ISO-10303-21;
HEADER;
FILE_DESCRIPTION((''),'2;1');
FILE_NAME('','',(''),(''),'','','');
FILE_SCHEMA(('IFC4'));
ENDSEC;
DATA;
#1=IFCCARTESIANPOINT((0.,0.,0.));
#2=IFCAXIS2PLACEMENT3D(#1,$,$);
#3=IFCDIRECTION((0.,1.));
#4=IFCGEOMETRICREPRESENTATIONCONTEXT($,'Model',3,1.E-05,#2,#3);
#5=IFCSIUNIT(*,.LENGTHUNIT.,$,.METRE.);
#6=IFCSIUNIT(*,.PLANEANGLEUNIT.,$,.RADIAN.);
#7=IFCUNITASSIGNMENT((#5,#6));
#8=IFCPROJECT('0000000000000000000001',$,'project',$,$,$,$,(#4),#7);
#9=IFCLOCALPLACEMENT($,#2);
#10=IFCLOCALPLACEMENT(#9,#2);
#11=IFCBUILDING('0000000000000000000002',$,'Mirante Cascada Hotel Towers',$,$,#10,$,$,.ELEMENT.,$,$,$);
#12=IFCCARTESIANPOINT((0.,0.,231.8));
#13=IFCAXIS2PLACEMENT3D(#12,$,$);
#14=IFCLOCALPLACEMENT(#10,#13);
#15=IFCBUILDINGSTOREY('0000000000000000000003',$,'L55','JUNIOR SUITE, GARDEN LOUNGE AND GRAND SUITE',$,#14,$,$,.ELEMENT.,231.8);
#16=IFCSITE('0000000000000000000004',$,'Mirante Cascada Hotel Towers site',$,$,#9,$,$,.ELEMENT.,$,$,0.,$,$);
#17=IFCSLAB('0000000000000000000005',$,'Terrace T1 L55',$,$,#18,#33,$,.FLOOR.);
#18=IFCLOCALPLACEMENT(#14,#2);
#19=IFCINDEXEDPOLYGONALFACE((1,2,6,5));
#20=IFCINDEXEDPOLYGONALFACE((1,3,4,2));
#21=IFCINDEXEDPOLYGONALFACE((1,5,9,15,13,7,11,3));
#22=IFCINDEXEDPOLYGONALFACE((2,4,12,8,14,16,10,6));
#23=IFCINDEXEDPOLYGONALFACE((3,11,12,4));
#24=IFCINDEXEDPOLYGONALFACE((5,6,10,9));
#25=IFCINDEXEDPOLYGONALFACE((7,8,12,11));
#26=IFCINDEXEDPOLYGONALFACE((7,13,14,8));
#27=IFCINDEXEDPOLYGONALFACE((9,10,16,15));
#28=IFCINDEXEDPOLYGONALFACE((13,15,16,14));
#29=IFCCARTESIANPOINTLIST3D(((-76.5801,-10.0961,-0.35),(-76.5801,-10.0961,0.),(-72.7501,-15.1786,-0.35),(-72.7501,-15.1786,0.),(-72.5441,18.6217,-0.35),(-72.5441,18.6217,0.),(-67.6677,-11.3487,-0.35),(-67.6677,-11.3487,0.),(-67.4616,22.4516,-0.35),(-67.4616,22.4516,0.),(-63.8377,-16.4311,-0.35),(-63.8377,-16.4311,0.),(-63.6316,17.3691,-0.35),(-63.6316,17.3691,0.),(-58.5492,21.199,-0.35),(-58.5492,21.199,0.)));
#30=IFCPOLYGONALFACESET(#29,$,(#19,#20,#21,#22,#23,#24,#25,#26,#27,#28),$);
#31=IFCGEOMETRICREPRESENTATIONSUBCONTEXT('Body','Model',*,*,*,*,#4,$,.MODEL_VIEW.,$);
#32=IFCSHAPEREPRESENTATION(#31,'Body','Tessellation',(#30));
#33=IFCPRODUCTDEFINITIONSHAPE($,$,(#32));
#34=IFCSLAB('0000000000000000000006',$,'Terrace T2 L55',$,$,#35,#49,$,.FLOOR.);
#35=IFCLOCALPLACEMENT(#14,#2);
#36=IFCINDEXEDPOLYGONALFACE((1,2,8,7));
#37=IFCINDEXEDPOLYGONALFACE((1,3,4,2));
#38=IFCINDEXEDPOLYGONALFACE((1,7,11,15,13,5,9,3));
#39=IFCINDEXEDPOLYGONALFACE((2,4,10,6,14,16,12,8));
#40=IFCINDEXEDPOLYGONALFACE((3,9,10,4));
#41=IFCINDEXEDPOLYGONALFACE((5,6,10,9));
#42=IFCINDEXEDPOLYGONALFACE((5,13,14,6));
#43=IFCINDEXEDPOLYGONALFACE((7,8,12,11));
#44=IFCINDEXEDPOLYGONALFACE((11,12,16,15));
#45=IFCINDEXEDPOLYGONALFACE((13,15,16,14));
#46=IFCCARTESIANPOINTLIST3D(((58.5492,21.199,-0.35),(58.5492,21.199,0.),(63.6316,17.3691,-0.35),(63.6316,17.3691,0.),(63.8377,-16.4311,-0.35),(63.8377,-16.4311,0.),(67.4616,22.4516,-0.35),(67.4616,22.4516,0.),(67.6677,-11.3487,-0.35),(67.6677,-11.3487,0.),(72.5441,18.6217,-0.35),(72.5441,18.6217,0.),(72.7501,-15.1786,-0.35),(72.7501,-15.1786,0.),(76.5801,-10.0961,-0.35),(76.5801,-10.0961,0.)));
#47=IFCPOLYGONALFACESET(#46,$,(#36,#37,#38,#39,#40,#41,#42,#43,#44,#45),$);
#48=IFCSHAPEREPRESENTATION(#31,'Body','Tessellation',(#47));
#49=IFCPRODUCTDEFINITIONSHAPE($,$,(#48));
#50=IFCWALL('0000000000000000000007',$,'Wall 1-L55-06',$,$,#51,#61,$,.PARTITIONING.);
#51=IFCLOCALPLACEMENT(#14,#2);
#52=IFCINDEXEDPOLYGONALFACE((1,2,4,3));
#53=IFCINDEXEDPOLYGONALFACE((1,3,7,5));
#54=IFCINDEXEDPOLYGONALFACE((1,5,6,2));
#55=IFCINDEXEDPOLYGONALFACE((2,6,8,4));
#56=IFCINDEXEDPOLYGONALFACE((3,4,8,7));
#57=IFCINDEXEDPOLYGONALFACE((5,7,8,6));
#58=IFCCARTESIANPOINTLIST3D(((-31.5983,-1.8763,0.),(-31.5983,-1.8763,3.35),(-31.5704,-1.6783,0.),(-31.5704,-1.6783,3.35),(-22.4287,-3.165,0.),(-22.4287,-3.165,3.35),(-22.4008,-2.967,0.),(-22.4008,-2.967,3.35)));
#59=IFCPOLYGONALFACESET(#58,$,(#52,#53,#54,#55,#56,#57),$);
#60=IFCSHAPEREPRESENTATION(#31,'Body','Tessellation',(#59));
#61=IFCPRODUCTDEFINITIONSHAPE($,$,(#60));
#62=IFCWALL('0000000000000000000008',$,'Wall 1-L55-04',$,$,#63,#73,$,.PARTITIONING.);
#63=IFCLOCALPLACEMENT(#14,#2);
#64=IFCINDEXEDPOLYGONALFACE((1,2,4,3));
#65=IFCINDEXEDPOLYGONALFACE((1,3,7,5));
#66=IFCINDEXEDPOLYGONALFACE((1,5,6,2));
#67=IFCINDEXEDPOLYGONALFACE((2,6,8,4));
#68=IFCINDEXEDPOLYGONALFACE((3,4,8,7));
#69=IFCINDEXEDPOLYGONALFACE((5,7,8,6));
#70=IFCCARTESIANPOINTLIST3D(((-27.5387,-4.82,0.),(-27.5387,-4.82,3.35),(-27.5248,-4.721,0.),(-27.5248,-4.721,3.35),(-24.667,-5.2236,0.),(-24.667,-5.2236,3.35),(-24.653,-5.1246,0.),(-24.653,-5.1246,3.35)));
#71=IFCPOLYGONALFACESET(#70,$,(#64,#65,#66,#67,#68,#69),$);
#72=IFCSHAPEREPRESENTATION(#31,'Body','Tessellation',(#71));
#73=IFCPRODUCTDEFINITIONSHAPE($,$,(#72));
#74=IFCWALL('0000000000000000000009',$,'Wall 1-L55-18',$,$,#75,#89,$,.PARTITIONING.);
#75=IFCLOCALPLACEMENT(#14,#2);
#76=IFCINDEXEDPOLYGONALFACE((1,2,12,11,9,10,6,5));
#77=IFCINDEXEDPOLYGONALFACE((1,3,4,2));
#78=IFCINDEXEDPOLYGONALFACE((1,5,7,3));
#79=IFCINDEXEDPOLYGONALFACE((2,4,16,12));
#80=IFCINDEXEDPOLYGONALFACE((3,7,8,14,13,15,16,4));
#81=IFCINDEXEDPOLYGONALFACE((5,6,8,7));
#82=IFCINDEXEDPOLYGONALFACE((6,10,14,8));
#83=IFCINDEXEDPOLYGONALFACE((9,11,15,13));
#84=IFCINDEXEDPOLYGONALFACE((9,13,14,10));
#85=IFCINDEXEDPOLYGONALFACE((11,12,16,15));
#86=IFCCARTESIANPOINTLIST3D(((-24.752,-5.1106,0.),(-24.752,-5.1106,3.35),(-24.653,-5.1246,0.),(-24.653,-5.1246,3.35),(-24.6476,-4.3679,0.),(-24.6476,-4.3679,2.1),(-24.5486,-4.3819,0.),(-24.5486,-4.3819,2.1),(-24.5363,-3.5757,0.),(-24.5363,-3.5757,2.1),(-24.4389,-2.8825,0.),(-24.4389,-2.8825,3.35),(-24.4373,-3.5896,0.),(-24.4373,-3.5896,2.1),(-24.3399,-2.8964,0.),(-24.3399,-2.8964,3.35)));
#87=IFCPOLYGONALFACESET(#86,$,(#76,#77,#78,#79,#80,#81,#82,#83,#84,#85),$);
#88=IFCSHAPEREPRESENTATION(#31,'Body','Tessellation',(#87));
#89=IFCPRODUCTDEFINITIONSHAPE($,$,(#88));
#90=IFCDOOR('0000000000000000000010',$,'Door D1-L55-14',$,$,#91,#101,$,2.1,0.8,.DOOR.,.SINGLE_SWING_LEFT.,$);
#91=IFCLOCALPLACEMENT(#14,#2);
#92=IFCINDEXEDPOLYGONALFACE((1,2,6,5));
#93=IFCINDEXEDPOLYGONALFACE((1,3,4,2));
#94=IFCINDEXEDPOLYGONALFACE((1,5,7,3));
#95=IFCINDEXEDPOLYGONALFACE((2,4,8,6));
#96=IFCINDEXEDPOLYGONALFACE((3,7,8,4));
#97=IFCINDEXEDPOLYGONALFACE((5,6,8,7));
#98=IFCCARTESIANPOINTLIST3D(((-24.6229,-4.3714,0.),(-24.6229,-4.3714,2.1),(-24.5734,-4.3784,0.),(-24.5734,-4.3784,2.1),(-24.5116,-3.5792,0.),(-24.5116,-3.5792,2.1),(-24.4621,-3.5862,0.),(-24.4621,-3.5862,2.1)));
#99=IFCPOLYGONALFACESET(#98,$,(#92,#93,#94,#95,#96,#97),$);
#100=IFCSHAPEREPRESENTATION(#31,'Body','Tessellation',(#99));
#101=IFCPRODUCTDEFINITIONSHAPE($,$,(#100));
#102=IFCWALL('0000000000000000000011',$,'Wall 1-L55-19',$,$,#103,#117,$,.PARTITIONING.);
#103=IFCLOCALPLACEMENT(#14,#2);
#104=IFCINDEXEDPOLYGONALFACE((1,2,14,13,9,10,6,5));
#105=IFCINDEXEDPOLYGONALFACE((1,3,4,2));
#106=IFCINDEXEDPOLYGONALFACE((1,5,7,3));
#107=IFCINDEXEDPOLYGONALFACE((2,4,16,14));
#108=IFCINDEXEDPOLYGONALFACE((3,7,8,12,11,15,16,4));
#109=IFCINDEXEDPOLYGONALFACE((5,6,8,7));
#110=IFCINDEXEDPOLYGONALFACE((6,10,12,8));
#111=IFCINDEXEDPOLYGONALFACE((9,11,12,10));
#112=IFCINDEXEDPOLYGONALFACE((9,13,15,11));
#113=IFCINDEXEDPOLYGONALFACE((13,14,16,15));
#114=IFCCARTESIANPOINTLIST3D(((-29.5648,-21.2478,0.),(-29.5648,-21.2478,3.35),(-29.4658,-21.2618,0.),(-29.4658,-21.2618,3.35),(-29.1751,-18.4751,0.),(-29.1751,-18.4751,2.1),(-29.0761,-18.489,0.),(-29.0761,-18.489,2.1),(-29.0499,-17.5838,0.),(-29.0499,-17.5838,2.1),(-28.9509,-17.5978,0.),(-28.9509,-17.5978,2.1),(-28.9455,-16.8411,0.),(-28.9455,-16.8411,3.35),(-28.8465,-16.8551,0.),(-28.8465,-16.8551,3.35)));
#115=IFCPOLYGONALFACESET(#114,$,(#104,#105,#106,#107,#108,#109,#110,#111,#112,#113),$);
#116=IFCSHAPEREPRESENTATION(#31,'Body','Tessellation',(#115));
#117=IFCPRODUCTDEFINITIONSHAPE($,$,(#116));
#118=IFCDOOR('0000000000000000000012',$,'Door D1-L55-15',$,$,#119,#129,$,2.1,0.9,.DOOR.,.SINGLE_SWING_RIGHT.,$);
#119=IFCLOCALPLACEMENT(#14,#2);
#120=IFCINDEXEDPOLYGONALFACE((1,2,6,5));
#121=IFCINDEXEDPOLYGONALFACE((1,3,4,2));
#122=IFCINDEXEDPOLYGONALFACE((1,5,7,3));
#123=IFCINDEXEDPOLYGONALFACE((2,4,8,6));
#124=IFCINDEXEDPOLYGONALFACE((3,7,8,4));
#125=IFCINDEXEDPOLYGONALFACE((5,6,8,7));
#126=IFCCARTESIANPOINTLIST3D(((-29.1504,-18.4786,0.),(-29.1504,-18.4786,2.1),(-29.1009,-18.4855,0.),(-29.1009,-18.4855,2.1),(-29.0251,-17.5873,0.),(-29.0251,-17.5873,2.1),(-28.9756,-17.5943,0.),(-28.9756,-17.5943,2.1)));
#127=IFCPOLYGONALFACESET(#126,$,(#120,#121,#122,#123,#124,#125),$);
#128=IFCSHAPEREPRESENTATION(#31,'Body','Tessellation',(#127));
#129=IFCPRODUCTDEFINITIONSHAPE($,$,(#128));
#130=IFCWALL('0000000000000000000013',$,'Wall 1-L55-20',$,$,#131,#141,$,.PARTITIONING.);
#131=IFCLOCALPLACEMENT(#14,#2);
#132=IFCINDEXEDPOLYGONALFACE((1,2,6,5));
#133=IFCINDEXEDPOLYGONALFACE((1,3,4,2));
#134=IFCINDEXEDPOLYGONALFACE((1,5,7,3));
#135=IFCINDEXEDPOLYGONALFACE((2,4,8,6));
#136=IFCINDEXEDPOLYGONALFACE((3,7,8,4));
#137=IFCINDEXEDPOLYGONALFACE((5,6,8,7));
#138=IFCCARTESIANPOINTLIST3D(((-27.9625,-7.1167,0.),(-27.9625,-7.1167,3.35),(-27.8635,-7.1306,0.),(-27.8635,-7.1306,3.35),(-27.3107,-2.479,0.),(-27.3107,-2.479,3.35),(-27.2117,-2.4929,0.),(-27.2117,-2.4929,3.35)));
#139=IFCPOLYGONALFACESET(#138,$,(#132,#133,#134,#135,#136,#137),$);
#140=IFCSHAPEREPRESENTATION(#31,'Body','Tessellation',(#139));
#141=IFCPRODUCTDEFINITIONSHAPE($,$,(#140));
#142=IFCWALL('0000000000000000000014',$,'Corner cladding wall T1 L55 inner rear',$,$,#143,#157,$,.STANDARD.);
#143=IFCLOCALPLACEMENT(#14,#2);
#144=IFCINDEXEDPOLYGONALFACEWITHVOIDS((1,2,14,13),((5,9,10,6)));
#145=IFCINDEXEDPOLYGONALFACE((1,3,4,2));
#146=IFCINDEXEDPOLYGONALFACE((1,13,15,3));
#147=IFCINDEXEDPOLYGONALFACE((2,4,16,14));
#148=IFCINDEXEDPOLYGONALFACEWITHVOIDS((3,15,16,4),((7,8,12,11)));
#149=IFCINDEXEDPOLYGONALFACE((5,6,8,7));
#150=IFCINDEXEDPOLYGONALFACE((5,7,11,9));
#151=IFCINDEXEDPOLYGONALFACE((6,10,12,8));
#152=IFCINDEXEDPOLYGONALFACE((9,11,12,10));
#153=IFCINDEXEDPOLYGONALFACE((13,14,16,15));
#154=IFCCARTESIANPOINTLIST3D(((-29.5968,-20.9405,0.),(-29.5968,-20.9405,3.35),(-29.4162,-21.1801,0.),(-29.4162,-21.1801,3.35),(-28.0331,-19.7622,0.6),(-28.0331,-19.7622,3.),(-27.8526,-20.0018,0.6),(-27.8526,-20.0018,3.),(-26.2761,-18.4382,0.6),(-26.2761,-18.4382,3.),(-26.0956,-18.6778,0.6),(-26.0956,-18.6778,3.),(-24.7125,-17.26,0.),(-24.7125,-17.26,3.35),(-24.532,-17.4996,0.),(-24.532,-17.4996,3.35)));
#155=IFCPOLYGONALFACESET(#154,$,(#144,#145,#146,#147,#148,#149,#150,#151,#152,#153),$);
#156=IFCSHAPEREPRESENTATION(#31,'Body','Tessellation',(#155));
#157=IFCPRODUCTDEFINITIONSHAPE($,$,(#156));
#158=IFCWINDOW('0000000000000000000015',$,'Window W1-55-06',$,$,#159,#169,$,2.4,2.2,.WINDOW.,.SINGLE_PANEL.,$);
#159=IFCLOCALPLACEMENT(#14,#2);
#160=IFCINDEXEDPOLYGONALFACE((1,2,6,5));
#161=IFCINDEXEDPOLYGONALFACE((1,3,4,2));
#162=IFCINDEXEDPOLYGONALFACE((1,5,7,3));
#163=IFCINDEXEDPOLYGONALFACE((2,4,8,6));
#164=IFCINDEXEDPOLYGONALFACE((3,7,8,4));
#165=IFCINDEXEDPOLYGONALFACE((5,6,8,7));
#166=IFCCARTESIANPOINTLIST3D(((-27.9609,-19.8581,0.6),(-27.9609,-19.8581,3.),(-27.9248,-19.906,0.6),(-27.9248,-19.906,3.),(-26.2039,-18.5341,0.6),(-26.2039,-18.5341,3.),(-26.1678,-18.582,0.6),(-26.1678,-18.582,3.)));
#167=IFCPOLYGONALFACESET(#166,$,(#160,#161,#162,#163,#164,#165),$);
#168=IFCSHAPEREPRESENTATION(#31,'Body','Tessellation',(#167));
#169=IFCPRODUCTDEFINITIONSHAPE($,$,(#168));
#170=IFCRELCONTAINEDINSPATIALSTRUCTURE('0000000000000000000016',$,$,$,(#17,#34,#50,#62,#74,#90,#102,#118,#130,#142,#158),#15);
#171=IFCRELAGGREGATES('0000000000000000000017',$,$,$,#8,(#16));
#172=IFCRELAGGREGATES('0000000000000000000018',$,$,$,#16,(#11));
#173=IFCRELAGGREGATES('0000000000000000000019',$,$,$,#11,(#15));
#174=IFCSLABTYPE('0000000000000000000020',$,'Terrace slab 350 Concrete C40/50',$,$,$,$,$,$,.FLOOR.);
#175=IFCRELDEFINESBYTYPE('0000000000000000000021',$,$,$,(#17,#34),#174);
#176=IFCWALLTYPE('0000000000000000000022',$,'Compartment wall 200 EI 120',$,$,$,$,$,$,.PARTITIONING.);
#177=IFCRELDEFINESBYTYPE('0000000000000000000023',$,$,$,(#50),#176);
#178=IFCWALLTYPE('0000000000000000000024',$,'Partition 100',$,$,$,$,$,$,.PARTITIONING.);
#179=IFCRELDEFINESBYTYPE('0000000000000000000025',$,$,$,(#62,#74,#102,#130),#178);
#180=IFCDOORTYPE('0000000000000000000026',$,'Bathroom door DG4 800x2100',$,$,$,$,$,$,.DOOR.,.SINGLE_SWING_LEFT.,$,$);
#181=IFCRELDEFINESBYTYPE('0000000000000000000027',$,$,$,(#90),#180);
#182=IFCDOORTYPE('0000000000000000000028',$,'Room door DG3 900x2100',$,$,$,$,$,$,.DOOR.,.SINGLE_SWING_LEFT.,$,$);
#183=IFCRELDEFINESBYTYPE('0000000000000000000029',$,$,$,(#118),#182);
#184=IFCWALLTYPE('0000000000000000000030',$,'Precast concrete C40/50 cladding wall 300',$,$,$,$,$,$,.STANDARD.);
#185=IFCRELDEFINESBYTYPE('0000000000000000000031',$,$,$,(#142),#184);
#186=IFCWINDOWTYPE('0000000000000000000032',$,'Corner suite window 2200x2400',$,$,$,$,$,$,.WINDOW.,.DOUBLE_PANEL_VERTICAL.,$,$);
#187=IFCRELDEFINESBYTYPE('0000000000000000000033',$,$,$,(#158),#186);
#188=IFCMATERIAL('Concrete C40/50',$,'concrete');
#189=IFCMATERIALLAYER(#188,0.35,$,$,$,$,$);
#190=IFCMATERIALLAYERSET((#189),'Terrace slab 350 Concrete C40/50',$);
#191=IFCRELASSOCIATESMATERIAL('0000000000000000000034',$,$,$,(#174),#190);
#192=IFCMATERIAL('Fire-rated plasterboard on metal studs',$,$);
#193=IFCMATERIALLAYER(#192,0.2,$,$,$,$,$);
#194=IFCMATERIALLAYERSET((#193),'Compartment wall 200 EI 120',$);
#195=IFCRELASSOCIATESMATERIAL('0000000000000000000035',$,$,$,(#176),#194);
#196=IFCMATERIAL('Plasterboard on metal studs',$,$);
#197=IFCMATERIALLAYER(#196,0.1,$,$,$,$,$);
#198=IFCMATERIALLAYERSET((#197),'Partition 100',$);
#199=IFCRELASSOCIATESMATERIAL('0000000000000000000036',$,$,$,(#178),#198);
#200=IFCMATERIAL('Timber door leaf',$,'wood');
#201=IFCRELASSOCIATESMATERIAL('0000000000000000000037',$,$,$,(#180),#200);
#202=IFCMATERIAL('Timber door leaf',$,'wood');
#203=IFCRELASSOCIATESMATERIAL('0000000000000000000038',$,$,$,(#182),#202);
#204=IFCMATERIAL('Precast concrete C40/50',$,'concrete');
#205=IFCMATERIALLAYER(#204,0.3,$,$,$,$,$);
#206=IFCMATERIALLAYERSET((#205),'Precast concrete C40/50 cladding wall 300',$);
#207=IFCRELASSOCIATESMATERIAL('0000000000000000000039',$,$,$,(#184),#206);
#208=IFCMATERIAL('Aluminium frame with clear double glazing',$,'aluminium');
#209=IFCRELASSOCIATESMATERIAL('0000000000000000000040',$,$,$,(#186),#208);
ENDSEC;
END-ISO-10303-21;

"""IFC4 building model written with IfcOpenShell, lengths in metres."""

from ifc_helpers import new_model, si_unit, direction, frame, frame_2d, origin, place, context, subcontext, project, spatial, polyline, rectangle, outline, extrude, material, layer, layer_set, type_object, element, fill, save


model = new_model("IFC4")

# Units and contexts
model_context = context("Model", 3, precision=1e-05, world=origin(), true_north=direction((0.0, 1.0)))
body_context = subcontext(model_context, "Body", "Model", "MODEL_VIEW")
ifc_project = project(units=[si_unit("LENGTHUNIT", "METRE"), si_unit("PLANEANGLEUNIT", "RADIAN")], contexts=[model_context])

# Site, building, storey
site_placement = place(None, origin())
site = spatial("IfcSite", under=ifc_project, at=site_placement, Name="Mirante Cascada Hotel Towers site", CompositionType="ELEMENT", RefElevation=0.0)
building_placement = place(site_placement, origin())
building = spatial("IfcBuilding", under=site, at=building_placement, Name="Mirante Cascada Hotel Towers", CompositionType="ELEMENT")
storey_placement = place(building_placement, frame((0.0, 0.0, 231.8)))
storey = spatial("IfcBuildingStorey", under=building, at=storey_placement, Name="L55", Description="JUNIOR SUITE, GARDEN LOUNGE AND GRAND SUITE", CompositionType="ELEMENT", Elevation=231.8)

# Slabs
ifc_material_1 = material(Name="Concrete C40/50", Category="concrete")
ifc_layer_1 = layer(ifc_material_1, 0.35)
ifc_layer_set_1 = layer_set([ifc_layer_1], Name="Terrace slab 350 Concrete C40/50")
slab_type_1 = type_object("IfcSlabType", Name="Terrace slab 350 Concrete C40/50", PredefinedType="FLOOR", material=ifc_layer_set_1)
slab_1_placement = place(storey_placement, frame((0.0, 0.0, -0.35)))
element("IfcSlab", 1, at=slab_1_placement, inside=storey, type_object=slab_type_1, Name="Terrace T1 L55", PredefinedType="FLOOR", context=body_context, shape_type="SweptSolid", body=[
    extrude(outline(polyline([(-67.4616, 22.4516), (-72.5441, 18.6217), (-76.5801, -10.0961), (-72.7501, -15.1786), (-63.8377, -16.4311), (-67.6677, -11.3487), (-63.6316, 17.3691), (-58.5492, 21.199), (-67.4616, 22.4516)])), origin(), (0.0, 0.0, 1.0), 0.35),
])
slab_2_placement = place(storey_placement, frame((0.0, 0.0, -0.35)))
element("IfcSlab", 2, at=slab_2_placement, inside=storey, type_object=slab_type_1, Name="Terrace T2 L55", PredefinedType="FLOOR", context=body_context, shape_type="SweptSolid", body=[
    extrude(outline(polyline([(67.4616, 22.4516), (72.5441, 18.6217), (76.5801, -10.0961), (72.7501, -15.1786), (63.8377, -16.4311), (67.6677, -11.3487), (63.6316, 17.3691), (58.5492, 21.199), (67.4616, 22.4516)])), origin(), (0.0, 0.0, 1.0), 0.35),
])

# Walls
ifc_material_2 = material(Name="Fire-rated plasterboard on metal studs")
ifc_layer_2 = layer(ifc_material_2, 0.2)
ifc_layer_set_2 = layer_set([ifc_layer_2], Name="Compartment wall 200 EI 120")
wall_type_1 = type_object("IfcWallType", Name="Compartment wall 200 EI 120", PredefinedType="PARTITIONING", material=ifc_layer_set_2)
wall_1_placement = place(storey_placement, frame((-22.4148, -3.066, 0.0), z_axis=(0.0, 0.0, 1.0), x_axis=(-0.990268, 0.139173, 0.0)))
element("IfcWall", 3, at=wall_1_placement, inside=storey, type_object=wall_type_1, Name="Wall 1-L55-06", PredefinedType="PARTITIONING", context=body_context, shape_type="SweptSolid", body=[
    extrude(rectangle(XDim=9.2597, YDim=0.2, at=frame_2d((4.6298, 0.0))), origin(), (0.0, 0.0, 1.0), 3.35),
])
ifc_material_3 = material(Name="Plasterboard on metal studs")
ifc_layer_3 = layer(ifc_material_3, 0.1)
ifc_layer_set_3 = layer_set([ifc_layer_3], Name="Partition 100")
wall_type_2 = type_object("IfcWallType", Name="Partition 100", PredefinedType="PARTITIONING", material=ifc_layer_set_3)
wall_2_placement = place(storey_placement, frame((-24.66, -5.1741, 0.0), z_axis=(0.0, 0.0, 1.0), x_axis=(-0.990268, 0.139171, 0.0)))
element("IfcWall", 4, at=wall_2_placement, inside=storey, type_object=wall_type_2, Name="Wall 1-L55-04", PredefinedType="PARTITIONING", context=body_context, shape_type="SweptSolid", body=[
    extrude(rectangle(XDim=2.9, YDim=0.1, at=frame_2d((1.45, 0.0))), origin(), (0.0, 0.0, 1.0), 3.35),
])

# Walls, openings, doors
wall_3_placement = place(storey_placement, frame((-24.7025, -5.1176, 0.0), z_axis=(0.0, 0.0, 1.0), x_axis=(0.139156, 0.990271, 0.0)))
wall_3 = element("IfcWall", 5, at=wall_3_placement, inside=storey, type_object=wall_type_2, Name="Wall 1-L55-18", PredefinedType="PARTITIONING", context=body_context, shape_type="SweptSolid", body=[
    extrude(rectangle(XDim=2.25, YDim=0.1, at=frame_2d((1.125, 0.0))), origin(), (0.0, 0.0, 1.0), 3.35),
])
opening_1_placement = place(wall_3_placement, frame((0.75, 0.0, 0.0)))
opening_1 = element("IfcOpeningElement", 6, at=opening_1_placement, cuts=wall_3, PredefinedType="OPENING", context=body_context, shape_type="SweptSolid", body=[
    extrude(rectangle(XDim=0.8, YDim=2.1, at=frame_2d((0.4, 1.05))), frame((0.0, 0.05, 0.0), z_axis=(0.0, -1.0, 0.0), x_axis=(1.0, 0.0, 0.0)), (0.0, 0.0, 1.0), 0.1),
])
ifc_material_4 = material(Name="Timber door leaf", Category="wood")
door_type_1 = type_object("IfcDoorType", Name="Bathroom door DG4 800x2100", OperationType="SINGLE_SWING_LEFT", PredefinedType="DOOR", material=ifc_material_4)
door_1_placement = place(opening_1_placement, origin())
door_1 = element("IfcDoor", 7, at=door_1_placement, inside=storey, type_object=door_type_1, Name="Door D1-L55-14", OperationType="SINGLE_SWING_LEFT", OverallHeight=2.1, OverallWidth=0.8, PredefinedType="DOOR", context=body_context, shape_type="SweptSolid", body=[
    extrude(rectangle(XDim=0.8, YDim=2.1, at=frame_2d((0.4, 1.05))), frame((0.0, 0.025, 0.0), z_axis=(0.0, -1.0, 0.0), x_axis=(1.0, 0.0, 0.0)), (0.0, 0.0, 1.0), 0.05),
])
fill(opening_1, door_1)
wall_4_placement = place(storey_placement, frame((-28.896, -16.8481, 0.0), z_axis=(0.0, 0.0, 1.0), x_axis=(-0.139168, -0.990269, 0.0)))
wall_4 = element("IfcWall", 8, at=wall_4_placement, inside=storey, type_object=wall_type_2, Name="Wall 1-L55-19", PredefinedType="PARTITIONING", context=body_context, shape_type="SweptSolid", body=[
    extrude(rectangle(XDim=4.45, YDim=0.1, at=frame_2d((2.225, 0.0))), origin(), (0.0, 0.0, 1.0), 3.35),
])
opening_2_placement = place(wall_4_placement, frame((0.75, 0.0, 0.0)))
opening_2 = element("IfcOpeningElement", 9, at=opening_2_placement, cuts=wall_4, PredefinedType="OPENING", context=body_context, shape_type="SweptSolid", body=[
    extrude(rectangle(XDim=0.9, YDim=2.1, at=frame_2d((0.45, 1.05))), frame((0.0, 0.05, 0.0), z_axis=(0.0, -1.0, 0.0), x_axis=(1.0, 0.0, 0.0)), (0.0, 0.0, 1.0), 0.1),
])
ifc_material_5 = material(Name="Timber door leaf", Category="wood")
door_type_2 = type_object("IfcDoorType", Name="Room door DG3 900x2100", OperationType="SINGLE_SWING_LEFT", PredefinedType="DOOR", material=ifc_material_5)
door_2_placement = place(opening_2_placement, frame((0.9, 0.0, 0.0), z_axis=(0.0, 0.0, 1.0), x_axis=(-1.0, 0.0, 0.0)))
door_2 = element("IfcDoor", 10, at=door_2_placement, inside=storey, type_object=door_type_2, Name="Door D1-L55-15", OperationType="SINGLE_SWING_RIGHT", OverallHeight=2.1, OverallWidth=0.9, PredefinedType="DOOR", context=body_context, shape_type="SweptSolid", body=[
    extrude(rectangle(XDim=0.9, YDim=2.1, at=frame_2d((0.45, 1.05))), frame((0.0, 0.025, 0.0), z_axis=(0.0, -1.0, 0.0), x_axis=(1.0, 0.0, 0.0)), (0.0, 0.0, 1.0), 0.05),
])
fill(opening_2, door_2)

# Wall
wall_5_placement = place(storey_placement, frame((-27.913, -7.1236, 0.0), z_axis=(0.0, 0.0, 1.0), x_axis=(0.139176, 0.990268, 0.0)))
element("IfcWall", 11, at=wall_5_placement, inside=storey, type_object=wall_type_2, Name="Wall 1-L55-20", PredefinedType="PARTITIONING", context=body_context, shape_type="SweptSolid", body=[
    extrude(rectangle(XDim=4.6833, YDim=0.1, at=frame_2d((2.3416, 0.0))), origin(), (0.0, 0.0, 1.0), 3.35),
])

# Wall, opening, window
ifc_material_6 = material(Name="Precast concrete C40/50", Category="concrete")
ifc_layer_4 = layer(ifc_material_6, 0.3)
ifc_layer_set_4 = layer_set([ifc_layer_4], Name="Precast concrete C40/50 cladding wall 300")
wall_type_3 = type_object("IfcWallType", Name="Precast concrete C40/50 cladding wall 300", PredefinedType="STANDARD", material=ifc_layer_set_4)
wall_6_placement = place(storey_placement, frame((-24.6223, -17.3798, 0.0), z_axis=(0.0, 0.0, 1.0), x_axis=(-0.798636, -0.601814, 0.0)))
wall_6 = element("IfcWall", 12, at=wall_6_placement, inside=storey, type_object=wall_type_3, Name="Corner cladding wall T1 L55 inner rear", PredefinedType="STANDARD", context=body_context, shape_type="SweptSolid", body=[
    extrude(rectangle(XDim=6.1157, YDim=0.3, at=frame_2d((3.0578, 0.0))), origin(), (0.0, 0.0, 1.0), 3.35),
])
opening_3_placement = place(wall_6_placement, frame((1.9578, 0.0, 0.6)))
opening_3 = element("IfcOpeningElement", 13, at=opening_3_placement, cuts=wall_6, PredefinedType="OPENING", context=body_context, shape_type="SweptSolid", body=[
    extrude(rectangle(XDim=2.2, YDim=2.4, at=frame_2d((1.1, 1.2))), frame((0.0, 0.15, 0.0), z_axis=(0.0, -1.0, 0.0), x_axis=(1.0, 0.0, 0.0)), (0.0, 0.0, 1.0), 0.3),
])
ifc_material_7 = material(Name="Aluminium frame with clear double glazing", Category="aluminium")
window_type = type_object("IfcWindowType", Name="Corner suite window 2200x2400", PartitioningType="DOUBLE_PANEL_VERTICAL", PredefinedType="WINDOW", material=ifc_material_7)
window_placement = place(opening_3_placement, origin())
window = element("IfcWindow", 14, at=window_placement, inside=storey, type_object=window_type, Name="Window W1-55-06", OverallHeight=2.4, OverallWidth=2.2, PartitioningType="SINGLE_PANEL", PredefinedType="WINDOW", context=body_context, shape_type="SweptSolid", body=[
    extrude(rectangle(XDim=2.2, YDim=2.4, at=frame_2d((1.1, 1.2))), frame((0.0, 0.03, 0.0), z_axis=(0.0, -1.0, 0.0), x_axis=(1.0, 0.0, 0.0)), (0.0, 0.0, 1.0), 0.06),
])
fill(opening_3, window)

save(model, "model.ifc")
